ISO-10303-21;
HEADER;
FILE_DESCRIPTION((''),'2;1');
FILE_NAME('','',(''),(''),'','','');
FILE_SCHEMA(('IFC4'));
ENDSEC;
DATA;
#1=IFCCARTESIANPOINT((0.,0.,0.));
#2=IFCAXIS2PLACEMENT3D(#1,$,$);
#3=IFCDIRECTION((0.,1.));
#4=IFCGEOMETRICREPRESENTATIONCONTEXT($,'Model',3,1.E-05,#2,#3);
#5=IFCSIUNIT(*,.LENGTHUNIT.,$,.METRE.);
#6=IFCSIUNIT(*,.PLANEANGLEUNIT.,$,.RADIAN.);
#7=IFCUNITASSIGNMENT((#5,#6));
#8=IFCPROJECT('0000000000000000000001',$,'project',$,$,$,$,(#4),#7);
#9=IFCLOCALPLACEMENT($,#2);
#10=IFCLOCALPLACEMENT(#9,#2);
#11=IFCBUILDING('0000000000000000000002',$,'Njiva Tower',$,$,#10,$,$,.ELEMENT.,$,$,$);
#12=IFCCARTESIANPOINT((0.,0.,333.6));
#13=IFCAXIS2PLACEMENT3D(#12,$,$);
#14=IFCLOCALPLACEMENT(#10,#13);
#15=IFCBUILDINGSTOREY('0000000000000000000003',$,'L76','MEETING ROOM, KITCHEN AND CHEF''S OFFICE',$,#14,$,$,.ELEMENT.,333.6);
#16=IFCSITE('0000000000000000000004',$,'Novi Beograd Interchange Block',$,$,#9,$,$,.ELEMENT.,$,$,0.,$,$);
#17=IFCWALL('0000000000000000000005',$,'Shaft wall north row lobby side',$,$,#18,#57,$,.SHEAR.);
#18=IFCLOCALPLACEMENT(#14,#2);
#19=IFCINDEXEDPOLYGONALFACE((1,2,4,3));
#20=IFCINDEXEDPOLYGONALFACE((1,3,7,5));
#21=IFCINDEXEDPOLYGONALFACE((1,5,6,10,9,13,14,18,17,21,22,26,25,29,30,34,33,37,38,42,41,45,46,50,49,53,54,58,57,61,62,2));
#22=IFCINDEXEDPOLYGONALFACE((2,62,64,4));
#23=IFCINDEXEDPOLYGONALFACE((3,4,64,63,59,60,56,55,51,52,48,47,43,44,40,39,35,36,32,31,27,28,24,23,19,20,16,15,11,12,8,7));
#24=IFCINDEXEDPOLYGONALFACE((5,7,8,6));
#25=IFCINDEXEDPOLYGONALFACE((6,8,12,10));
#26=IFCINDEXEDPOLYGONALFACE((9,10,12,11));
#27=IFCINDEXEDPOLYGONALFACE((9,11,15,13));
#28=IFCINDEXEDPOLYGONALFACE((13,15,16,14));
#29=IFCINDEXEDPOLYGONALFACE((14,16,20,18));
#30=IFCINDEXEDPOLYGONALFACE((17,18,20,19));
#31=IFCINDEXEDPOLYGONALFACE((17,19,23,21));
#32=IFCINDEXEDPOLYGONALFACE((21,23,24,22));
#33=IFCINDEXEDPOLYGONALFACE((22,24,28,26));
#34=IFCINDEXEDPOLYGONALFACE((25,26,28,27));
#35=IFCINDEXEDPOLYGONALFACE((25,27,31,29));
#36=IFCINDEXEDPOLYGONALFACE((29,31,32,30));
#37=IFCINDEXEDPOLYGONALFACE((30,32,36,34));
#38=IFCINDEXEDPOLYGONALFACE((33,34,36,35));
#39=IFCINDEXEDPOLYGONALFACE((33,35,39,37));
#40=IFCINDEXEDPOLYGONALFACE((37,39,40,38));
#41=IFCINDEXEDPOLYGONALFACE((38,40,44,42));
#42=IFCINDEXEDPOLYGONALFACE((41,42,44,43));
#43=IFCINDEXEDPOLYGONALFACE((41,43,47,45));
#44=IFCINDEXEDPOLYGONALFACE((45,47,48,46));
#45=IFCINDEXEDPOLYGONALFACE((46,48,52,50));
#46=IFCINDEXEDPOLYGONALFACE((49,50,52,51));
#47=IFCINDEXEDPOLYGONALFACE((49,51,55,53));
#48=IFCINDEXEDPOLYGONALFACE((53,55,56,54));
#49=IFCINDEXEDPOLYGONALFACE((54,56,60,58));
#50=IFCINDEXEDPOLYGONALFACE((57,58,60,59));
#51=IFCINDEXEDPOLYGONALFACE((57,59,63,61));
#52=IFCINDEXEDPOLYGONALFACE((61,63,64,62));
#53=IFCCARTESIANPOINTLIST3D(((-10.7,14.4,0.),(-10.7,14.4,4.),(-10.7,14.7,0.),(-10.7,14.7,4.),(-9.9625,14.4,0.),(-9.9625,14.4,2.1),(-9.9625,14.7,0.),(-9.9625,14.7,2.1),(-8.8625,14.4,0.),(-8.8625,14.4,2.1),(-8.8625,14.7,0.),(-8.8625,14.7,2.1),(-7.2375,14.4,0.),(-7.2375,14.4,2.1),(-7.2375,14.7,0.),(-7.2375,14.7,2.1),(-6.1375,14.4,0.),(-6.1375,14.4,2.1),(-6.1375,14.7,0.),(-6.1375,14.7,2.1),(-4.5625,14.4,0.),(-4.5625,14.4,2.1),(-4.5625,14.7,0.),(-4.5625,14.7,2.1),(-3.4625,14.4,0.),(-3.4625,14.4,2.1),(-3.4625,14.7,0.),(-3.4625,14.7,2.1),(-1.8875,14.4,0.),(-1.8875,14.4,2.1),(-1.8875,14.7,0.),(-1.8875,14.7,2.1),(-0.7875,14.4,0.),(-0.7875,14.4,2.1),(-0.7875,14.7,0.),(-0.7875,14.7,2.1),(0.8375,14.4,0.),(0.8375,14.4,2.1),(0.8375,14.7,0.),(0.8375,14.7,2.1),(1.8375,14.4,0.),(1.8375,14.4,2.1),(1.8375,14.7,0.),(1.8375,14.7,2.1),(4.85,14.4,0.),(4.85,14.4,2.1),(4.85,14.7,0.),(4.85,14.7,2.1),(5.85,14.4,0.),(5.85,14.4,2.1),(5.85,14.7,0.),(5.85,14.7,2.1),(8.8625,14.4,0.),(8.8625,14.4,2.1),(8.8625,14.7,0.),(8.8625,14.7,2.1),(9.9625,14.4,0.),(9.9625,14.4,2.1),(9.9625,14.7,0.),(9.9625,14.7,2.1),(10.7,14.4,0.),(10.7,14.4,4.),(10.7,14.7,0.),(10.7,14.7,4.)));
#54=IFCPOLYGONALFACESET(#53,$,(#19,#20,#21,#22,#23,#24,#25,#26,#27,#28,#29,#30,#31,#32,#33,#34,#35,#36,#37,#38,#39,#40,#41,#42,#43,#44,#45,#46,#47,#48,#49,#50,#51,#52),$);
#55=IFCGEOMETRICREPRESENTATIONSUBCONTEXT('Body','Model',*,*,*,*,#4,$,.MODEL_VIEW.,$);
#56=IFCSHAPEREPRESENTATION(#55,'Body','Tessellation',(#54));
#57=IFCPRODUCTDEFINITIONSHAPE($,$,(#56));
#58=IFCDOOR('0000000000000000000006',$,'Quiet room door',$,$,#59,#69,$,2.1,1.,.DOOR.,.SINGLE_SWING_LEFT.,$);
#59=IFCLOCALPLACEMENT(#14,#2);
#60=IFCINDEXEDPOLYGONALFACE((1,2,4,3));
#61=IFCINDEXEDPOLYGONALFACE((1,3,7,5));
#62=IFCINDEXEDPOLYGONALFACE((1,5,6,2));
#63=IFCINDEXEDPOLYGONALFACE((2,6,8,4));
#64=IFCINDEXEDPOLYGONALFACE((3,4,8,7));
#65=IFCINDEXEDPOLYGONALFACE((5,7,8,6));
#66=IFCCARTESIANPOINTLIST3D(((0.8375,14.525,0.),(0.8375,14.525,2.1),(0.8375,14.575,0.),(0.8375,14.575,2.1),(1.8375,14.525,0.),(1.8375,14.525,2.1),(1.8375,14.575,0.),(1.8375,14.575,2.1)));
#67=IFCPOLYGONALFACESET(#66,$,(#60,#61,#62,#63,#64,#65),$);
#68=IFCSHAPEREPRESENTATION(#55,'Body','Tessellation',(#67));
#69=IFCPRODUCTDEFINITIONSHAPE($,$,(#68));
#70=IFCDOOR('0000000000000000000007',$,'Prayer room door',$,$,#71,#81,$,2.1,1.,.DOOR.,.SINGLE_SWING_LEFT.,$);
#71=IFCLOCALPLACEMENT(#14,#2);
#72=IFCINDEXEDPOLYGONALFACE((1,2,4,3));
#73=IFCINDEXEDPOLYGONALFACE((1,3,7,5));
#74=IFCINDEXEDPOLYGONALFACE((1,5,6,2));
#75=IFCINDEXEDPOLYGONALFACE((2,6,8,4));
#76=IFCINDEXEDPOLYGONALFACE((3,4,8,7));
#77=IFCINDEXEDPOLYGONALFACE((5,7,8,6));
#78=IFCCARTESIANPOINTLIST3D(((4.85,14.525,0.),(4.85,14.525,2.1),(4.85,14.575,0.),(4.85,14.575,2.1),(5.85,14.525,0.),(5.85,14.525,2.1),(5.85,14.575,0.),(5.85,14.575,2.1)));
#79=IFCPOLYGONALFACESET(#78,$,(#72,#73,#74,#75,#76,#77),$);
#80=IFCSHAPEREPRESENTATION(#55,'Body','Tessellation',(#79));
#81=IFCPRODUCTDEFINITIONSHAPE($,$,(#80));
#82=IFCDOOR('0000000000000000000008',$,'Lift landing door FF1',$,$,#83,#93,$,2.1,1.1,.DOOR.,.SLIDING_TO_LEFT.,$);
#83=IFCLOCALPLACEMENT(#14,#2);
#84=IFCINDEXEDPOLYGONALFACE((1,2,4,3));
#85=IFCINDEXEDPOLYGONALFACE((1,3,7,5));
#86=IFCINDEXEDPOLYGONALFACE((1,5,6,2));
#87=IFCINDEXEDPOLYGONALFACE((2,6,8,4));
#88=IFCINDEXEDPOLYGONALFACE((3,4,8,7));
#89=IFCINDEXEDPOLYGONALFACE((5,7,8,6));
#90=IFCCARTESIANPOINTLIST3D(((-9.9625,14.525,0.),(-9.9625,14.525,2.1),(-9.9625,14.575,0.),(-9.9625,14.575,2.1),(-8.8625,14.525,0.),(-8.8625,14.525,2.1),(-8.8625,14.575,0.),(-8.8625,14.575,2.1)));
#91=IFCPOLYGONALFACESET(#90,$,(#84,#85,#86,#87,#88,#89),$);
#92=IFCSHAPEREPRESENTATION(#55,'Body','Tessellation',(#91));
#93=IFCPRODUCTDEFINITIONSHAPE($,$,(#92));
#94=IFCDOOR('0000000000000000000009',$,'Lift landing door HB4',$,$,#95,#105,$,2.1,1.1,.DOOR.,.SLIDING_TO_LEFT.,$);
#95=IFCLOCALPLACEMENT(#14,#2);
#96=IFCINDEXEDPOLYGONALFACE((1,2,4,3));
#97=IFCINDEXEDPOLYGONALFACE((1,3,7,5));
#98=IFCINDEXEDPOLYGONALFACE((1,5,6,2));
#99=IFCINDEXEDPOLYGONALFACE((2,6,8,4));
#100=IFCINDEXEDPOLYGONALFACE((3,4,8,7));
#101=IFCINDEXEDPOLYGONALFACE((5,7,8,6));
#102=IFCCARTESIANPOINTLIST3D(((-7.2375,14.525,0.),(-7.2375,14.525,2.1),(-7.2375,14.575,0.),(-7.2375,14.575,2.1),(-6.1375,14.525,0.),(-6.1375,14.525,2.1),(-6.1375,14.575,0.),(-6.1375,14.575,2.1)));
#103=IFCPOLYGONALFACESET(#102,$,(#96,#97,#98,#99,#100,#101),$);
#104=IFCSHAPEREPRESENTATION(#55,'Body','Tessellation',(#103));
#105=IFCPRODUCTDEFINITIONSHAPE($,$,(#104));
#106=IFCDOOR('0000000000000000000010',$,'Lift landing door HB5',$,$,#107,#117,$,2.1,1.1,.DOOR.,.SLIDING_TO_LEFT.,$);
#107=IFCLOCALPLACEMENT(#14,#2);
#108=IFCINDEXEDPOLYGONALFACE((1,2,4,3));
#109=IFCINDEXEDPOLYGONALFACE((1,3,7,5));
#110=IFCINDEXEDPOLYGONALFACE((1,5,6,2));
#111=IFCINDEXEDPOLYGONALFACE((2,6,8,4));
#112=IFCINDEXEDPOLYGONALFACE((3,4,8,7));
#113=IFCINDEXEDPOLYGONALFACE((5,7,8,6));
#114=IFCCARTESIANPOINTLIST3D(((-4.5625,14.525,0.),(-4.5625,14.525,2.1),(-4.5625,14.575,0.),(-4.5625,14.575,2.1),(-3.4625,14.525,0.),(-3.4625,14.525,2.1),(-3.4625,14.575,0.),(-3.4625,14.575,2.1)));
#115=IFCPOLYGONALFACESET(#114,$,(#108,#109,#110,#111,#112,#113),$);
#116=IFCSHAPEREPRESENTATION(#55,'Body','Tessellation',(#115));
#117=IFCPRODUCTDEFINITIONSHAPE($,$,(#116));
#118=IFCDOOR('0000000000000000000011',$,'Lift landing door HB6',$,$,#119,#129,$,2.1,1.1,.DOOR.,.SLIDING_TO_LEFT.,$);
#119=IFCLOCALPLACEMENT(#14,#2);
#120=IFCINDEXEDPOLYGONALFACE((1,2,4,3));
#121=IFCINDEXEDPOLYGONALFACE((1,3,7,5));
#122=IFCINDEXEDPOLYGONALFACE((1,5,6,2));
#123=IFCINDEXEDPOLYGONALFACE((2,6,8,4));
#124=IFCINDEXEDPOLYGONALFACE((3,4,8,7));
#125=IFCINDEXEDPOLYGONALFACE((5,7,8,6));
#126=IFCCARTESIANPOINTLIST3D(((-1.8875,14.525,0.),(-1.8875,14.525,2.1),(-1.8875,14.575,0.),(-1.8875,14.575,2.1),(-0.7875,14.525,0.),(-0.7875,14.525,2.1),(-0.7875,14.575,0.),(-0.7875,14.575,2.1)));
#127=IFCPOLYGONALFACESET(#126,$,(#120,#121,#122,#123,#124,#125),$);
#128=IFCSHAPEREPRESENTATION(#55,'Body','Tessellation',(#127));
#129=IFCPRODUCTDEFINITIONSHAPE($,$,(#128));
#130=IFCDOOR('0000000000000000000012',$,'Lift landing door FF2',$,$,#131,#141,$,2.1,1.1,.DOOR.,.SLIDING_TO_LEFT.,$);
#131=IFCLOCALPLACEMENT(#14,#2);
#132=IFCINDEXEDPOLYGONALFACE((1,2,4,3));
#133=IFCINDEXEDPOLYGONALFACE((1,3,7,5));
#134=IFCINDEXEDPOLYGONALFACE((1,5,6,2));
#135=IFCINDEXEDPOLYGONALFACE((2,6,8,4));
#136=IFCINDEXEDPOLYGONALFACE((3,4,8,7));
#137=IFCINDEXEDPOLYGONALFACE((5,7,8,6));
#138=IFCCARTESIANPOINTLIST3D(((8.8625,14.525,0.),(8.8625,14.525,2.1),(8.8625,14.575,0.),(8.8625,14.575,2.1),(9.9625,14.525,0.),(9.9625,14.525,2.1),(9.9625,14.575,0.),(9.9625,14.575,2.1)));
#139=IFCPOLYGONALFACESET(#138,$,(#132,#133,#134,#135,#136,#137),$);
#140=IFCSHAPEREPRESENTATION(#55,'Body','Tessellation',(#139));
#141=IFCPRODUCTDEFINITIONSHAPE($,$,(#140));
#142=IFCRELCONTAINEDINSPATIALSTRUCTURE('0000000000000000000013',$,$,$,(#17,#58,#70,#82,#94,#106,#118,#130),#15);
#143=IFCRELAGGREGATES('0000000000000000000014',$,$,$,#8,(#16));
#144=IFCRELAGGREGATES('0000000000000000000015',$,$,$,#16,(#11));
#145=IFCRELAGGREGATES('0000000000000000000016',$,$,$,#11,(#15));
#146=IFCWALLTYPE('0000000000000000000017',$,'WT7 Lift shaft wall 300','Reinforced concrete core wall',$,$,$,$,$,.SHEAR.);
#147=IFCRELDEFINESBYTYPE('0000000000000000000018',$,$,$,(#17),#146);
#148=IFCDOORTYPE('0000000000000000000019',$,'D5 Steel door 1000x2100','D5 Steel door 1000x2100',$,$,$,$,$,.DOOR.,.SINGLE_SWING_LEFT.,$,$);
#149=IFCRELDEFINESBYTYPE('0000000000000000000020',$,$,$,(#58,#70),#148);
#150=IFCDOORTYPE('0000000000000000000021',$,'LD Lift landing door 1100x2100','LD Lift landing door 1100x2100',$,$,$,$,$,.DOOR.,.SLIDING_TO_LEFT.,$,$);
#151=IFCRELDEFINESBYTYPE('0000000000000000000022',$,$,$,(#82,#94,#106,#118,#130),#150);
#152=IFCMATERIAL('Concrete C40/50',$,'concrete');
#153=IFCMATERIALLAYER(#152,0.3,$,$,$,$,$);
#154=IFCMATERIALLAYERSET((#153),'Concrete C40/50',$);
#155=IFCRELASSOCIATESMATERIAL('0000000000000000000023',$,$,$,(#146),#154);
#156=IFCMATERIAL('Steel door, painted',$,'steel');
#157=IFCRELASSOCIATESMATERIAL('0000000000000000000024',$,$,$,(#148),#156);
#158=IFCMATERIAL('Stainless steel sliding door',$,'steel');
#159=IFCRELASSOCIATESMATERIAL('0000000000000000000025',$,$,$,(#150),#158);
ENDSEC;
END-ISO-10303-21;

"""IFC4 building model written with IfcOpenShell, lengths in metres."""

from ifc_helpers import new_model, si_unit, direction, frame, frame_2d, origin, place, context, subcontext, project, spatial, rectangle, extrude, material, layer, layer_set, type_object, element, fill, save


model = new_model("IFC4")

# Units and contexts
model_context = context("Model", 3, precision=1e-05, world=origin(), true_north=direction((0.0, 1.0)))
body_context = subcontext(model_context, "Body", "Model", "MODEL_VIEW")
ifc_project = project(units=[si_unit("LENGTHUNIT", "METRE"), si_unit("PLANEANGLEUNIT", "RADIAN")], contexts=[model_context])

# Site, building, storey
site_placement = place(None, origin())
site = spatial("IfcSite", under=ifc_project, at=site_placement, Name="Novi Beograd Interchange Block", CompositionType="ELEMENT", RefElevation=0.0)
building_placement = place(site_placement, origin())
building = spatial("IfcBuilding", under=site, at=building_placement, Name="Njiva Tower", CompositionType="ELEMENT")
storey_placement = place(building_placement, frame((0.0, 0.0, 333.6)))
storey = spatial("IfcBuildingStorey", under=building, at=storey_placement, Name="L76", Description="MEETING ROOM, KITCHEN AND CHEF'S OFFICE", CompositionType="ELEMENT", Elevation=333.6)

# Shared definitions
ifc_material_1 = material(Name="Concrete C40/50", Category="concrete")

# Wall, openings, doors
ifc_layer_1 = layer(ifc_material_1, 0.3)
ifc_layer_set_1 = layer_set([ifc_layer_1], Name="Concrete C40/50")
wall_type_1 = type_object("IfcWallType", Name="WT7 Lift shaft wall 300", Description="Reinforced concrete core wall", PredefinedType="SHEAR", material=ifc_layer_set_1)
wall_placement = place(storey_placement, frame((-10.7, 14.55, 0.0), z_axis=(0.0, 0.0, 1.0), x_axis=(1.0, 0.0, 0.0)))
wall = element("IfcWall", 1, at=wall_placement, inside=storey, type_object=wall_type_1, Name="Shaft wall north row lobby side", PredefinedType="SHEAR", context=body_context, shape_type="SweptSolid", body=[
    extrude(rectangle(XDim=21.4, YDim=0.3, at=frame_2d((10.7, 0.0))), origin(), (0.0, 0.0, 1.0), 4.0),
])
opening_1_placement = place(wall_placement, frame((0.7375, 0.0, 0.0)))
opening_1 = element("IfcOpeningElement", 2, at=opening_1_placement, cuts=wall, PredefinedType="OPENING", context=body_context, shape_type="SweptSolid", body=[
    extrude(rectangle(XDim=1.1, YDim=2.1, at=frame_2d((0.55, 1.05))), frame((0.0, 0.16, 0.0), z_axis=(0.0, -1.0, 0.0), x_axis=(1.0, 0.0, 0.0)), (0.0, 0.0, 1.0), 0.32),
])
opening_2_placement = place(wall_placement, frame((3.4625, 0.0, 0.0)))
opening_2 = element("IfcOpeningElement", 3, at=opening_2_placement, cuts=wall, PredefinedType="OPENING", context=body_context, shape_type="SweptSolid", body=[
    extrude(rectangle(XDim=1.1, YDim=2.1, at=frame_2d((0.55, 1.05))), frame((0.0, 0.16, 0.0), z_axis=(0.0, -1.0, 0.0), x_axis=(1.0, 0.0, 0.0)), (0.0, 0.0, 1.0), 0.32),
])
opening_3_placement = place(wall_placement, frame((6.1375, 0.0, 0.0)))
opening_3 = element("IfcOpeningElement", 4, at=opening_3_placement, cuts=wall, PredefinedType="OPENING", context=body_context, shape_type="SweptSolid", body=[
    extrude(rectangle(XDim=1.1, YDim=2.1, at=frame_2d((0.55, 1.05))), frame((0.0, 0.16, 0.0), z_axis=(0.0, -1.0, 0.0), x_axis=(1.0, 0.0, 0.0)), (0.0, 0.0, 1.0), 0.32),
])
opening_4_placement = place(wall_placement, frame((8.8125, 0.0, 0.0)))
opening_4 = element("IfcOpeningElement", 5, at=opening_4_placement, cuts=wall, PredefinedType="OPENING", context=body_context, shape_type="SweptSolid", body=[
    extrude(rectangle(XDim=1.1, YDim=2.1, at=frame_2d((0.55, 1.05))), frame((0.0, 0.16, 0.0), z_axis=(0.0, -1.0, 0.0), x_axis=(1.0, 0.0, 0.0)), (0.0, 0.0, 1.0), 0.32),
])
opening_5_placement = place(wall_placement, frame((19.5625, 0.0, 0.0)))
opening_5 = element("IfcOpeningElement", 6, at=opening_5_placement, cuts=wall, PredefinedType="OPENING", context=body_context, shape_type="SweptSolid", body=[
    extrude(rectangle(XDim=1.1, YDim=2.1, at=frame_2d((0.55, 1.05))), frame((0.0, 0.16, 0.0), z_axis=(0.0, -1.0, 0.0), x_axis=(1.0, 0.0, 0.0)), (0.0, 0.0, 1.0), 0.32),
])
opening_6_placement = place(wall_placement, frame((11.5375, 0.0, 0.0)))
opening_6 = element("IfcOpeningElement", 7, at=opening_6_placement, cuts=wall, PredefinedType="OPENING", context=body_context, shape_type="SweptSolid", body=[
    extrude(rectangle(XDim=1.0, YDim=2.1, at=frame_2d((0.5, 1.05))), frame((0.0, 0.16, 0.0), z_axis=(0.0, -1.0, 0.0), x_axis=(1.0, 0.0, 0.0)), (0.0, 0.0, 1.0), 0.32),
])
opening_7_placement = place(wall_placement, frame((15.55, 0.0, 0.0)))
opening_7 = element("IfcOpeningElement", 8, at=opening_7_placement, cuts=wall, PredefinedType="OPENING", context=body_context, shape_type="SweptSolid", body=[
    extrude(rectangle(XDim=1.0, YDim=2.1, at=frame_2d((0.5, 1.05))), frame((0.0, 0.16, 0.0), z_axis=(0.0, -1.0, 0.0), x_axis=(1.0, 0.0, 0.0)), (0.0, 0.0, 1.0), 0.32),
])
ifc_material_2 = material(Name="Steel door, painted", Category="steel")
door_type_1 = type_object("IfcDoorType", Name="D5 Steel door 1000x2100", Description="D5 Steel door 1000x2100", OperationType="SINGLE_SWING_LEFT", PredefinedType="DOOR", material=ifc_material_2)
door_1_placement = place(opening_6_placement, origin())
door_1 = element("IfcDoor", 9, at=door_1_placement, inside=storey, type_object=door_type_1, Name="Quiet room door", OperationType="SINGLE_SWING_LEFT", OverallHeight=2.1, OverallWidth=1.0, PredefinedType="DOOR", context=body_context, shape_type="SweptSolid", body=[
    extrude(rectangle(XDim=1.0, YDim=2.1, at=frame_2d((0.5, 1.05))), frame((0.0, 0.025, 0.0), z_axis=(0.0, -1.0, 0.0), x_axis=(1.0, 0.0, 0.0)), (0.0, 0.0, 1.0), 0.05),
])
fill(opening_6, door_1)
door_2_placement = place(opening_7_placement, origin())
door_2 = element("IfcDoor", 10, at=door_2_placement, inside=storey, type_object=door_type_1, Name="Prayer room door", OperationType="SINGLE_SWING_LEFT", OverallHeight=2.1, OverallWidth=1.0, PredefinedType="DOOR", context=body_context, shape_type="SweptSolid", body=[
    extrude(rectangle(XDim=1.0, YDim=2.1, at=frame_2d((0.5, 1.05))), frame((0.0, 0.025, 0.0), z_axis=(0.0, -1.0, 0.0), x_axis=(1.0, 0.0, 0.0)), (0.0, 0.0, 1.0), 0.05),
])
fill(opening_7, door_2)
ifc_material_3 = material(Name="Stainless steel sliding door", Category="steel")
door_type_2 = type_object("IfcDoorType", Name="LD Lift landing door 1100x2100", Description="LD Lift landing door 1100x2100", OperationType="SLIDING_TO_LEFT", PredefinedType="DOOR", material=ifc_material_3)
door_3_placement = place(opening_1_placement, origin())
door_3 = element("IfcDoor", 11, at=door_3_placement, inside=storey, type_object=door_type_2, Name="Lift landing door FF1", OperationType="SLIDING_TO_LEFT", OverallHeight=2.1, OverallWidth=1.1, PredefinedType="DOOR", context=body_context, shape_type="SweptSolid", body=[
    extrude(rectangle(XDim=1.1, YDim=2.1, at=frame_2d((0.55, 1.05))), frame((0.0, 0.025, 0.0), z_axis=(0.0, -1.0, 0.0), x_axis=(1.0, 0.0, 0.0)), (0.0, 0.0, 1.0), 0.05),
])
fill(opening_1, door_3)
door_4_placement = place(opening_2_placement, origin())
door_4 = element("IfcDoor", 12, at=door_4_placement, inside=storey, type_object=door_type_2, Name="Lift landing door HB4", OperationType="SLIDING_TO_LEFT", OverallHeight=2.1, OverallWidth=1.1, PredefinedType="DOOR", context=body_context, shape_type="SweptSolid", body=[
    extrude(rectangle(XDim=1.1, YDim=2.1, at=frame_2d((0.55, 1.05))), frame((0.0, 0.025, 0.0), z_axis=(0.0, -1.0, 0.0), x_axis=(1.0, 0.0, 0.0)), (0.0, 0.0, 1.0), 0.05),
])
fill(opening_2, door_4)
door_5_placement = place(opening_3_placement, origin())
door_5 = element("IfcDoor", 13, at=door_5_placement, inside=storey, type_object=door_type_2, Name="Lift landing door HB5", OperationType="SLIDING_TO_LEFT", OverallHeight=2.1, OverallWidth=1.1, PredefinedType="DOOR", context=body_context, shape_type="SweptSolid", body=[
    extrude(rectangle(XDim=1.1, YDim=2.1, at=frame_2d((0.55, 1.05))), frame((0.0, 0.025, 0.0), z_axis=(0.0, -1.0, 0.0), x_axis=(1.0, 0.0, 0.0)), (0.0, 0.0, 1.0), 0.05),
])
fill(opening_3, door_5)
door_6_placement = place(opening_4_placement, origin())
door_6 = element("IfcDoor", 14, at=door_6_placement, inside=storey, type_object=door_type_2, Name="Lift landing door HB6", OperationType="SLIDING_TO_LEFT", OverallHeight=2.1, OverallWidth=1.1, PredefinedType="DOOR", context=body_context, shape_type="SweptSolid", body=[
    extrude(rectangle(XDim=1.1, YDim=2.1, at=frame_2d((0.55, 1.05))), frame((0.0, 0.025, 0.0), z_axis=(0.0, -1.0, 0.0), x_axis=(1.0, 0.0, 0.0)), (0.0, 0.0, 1.0), 0.05),
])
fill(opening_4, door_6)
door_7_placement = place(opening_5_placement, origin())
door_7 = element("IfcDoor", 15, at=door_7_placement, inside=storey, type_object=door_type_2, Name="Lift landing door FF2", OperationType="SLIDING_TO_LEFT", OverallHeight=2.1, OverallWidth=1.1, PredefinedType="DOOR", context=body_context, shape_type="SweptSolid", body=[
    extrude(rectangle(XDim=1.1, YDim=2.1, at=frame_2d((0.55, 1.05))), frame((0.0, 0.025, 0.0), z_axis=(0.0, -1.0, 0.0), x_axis=(1.0, 0.0, 0.0)), (0.0, 0.0, 1.0), 0.05),
])
fill(opening_5, door_7)

save(model, "model.ifc")
